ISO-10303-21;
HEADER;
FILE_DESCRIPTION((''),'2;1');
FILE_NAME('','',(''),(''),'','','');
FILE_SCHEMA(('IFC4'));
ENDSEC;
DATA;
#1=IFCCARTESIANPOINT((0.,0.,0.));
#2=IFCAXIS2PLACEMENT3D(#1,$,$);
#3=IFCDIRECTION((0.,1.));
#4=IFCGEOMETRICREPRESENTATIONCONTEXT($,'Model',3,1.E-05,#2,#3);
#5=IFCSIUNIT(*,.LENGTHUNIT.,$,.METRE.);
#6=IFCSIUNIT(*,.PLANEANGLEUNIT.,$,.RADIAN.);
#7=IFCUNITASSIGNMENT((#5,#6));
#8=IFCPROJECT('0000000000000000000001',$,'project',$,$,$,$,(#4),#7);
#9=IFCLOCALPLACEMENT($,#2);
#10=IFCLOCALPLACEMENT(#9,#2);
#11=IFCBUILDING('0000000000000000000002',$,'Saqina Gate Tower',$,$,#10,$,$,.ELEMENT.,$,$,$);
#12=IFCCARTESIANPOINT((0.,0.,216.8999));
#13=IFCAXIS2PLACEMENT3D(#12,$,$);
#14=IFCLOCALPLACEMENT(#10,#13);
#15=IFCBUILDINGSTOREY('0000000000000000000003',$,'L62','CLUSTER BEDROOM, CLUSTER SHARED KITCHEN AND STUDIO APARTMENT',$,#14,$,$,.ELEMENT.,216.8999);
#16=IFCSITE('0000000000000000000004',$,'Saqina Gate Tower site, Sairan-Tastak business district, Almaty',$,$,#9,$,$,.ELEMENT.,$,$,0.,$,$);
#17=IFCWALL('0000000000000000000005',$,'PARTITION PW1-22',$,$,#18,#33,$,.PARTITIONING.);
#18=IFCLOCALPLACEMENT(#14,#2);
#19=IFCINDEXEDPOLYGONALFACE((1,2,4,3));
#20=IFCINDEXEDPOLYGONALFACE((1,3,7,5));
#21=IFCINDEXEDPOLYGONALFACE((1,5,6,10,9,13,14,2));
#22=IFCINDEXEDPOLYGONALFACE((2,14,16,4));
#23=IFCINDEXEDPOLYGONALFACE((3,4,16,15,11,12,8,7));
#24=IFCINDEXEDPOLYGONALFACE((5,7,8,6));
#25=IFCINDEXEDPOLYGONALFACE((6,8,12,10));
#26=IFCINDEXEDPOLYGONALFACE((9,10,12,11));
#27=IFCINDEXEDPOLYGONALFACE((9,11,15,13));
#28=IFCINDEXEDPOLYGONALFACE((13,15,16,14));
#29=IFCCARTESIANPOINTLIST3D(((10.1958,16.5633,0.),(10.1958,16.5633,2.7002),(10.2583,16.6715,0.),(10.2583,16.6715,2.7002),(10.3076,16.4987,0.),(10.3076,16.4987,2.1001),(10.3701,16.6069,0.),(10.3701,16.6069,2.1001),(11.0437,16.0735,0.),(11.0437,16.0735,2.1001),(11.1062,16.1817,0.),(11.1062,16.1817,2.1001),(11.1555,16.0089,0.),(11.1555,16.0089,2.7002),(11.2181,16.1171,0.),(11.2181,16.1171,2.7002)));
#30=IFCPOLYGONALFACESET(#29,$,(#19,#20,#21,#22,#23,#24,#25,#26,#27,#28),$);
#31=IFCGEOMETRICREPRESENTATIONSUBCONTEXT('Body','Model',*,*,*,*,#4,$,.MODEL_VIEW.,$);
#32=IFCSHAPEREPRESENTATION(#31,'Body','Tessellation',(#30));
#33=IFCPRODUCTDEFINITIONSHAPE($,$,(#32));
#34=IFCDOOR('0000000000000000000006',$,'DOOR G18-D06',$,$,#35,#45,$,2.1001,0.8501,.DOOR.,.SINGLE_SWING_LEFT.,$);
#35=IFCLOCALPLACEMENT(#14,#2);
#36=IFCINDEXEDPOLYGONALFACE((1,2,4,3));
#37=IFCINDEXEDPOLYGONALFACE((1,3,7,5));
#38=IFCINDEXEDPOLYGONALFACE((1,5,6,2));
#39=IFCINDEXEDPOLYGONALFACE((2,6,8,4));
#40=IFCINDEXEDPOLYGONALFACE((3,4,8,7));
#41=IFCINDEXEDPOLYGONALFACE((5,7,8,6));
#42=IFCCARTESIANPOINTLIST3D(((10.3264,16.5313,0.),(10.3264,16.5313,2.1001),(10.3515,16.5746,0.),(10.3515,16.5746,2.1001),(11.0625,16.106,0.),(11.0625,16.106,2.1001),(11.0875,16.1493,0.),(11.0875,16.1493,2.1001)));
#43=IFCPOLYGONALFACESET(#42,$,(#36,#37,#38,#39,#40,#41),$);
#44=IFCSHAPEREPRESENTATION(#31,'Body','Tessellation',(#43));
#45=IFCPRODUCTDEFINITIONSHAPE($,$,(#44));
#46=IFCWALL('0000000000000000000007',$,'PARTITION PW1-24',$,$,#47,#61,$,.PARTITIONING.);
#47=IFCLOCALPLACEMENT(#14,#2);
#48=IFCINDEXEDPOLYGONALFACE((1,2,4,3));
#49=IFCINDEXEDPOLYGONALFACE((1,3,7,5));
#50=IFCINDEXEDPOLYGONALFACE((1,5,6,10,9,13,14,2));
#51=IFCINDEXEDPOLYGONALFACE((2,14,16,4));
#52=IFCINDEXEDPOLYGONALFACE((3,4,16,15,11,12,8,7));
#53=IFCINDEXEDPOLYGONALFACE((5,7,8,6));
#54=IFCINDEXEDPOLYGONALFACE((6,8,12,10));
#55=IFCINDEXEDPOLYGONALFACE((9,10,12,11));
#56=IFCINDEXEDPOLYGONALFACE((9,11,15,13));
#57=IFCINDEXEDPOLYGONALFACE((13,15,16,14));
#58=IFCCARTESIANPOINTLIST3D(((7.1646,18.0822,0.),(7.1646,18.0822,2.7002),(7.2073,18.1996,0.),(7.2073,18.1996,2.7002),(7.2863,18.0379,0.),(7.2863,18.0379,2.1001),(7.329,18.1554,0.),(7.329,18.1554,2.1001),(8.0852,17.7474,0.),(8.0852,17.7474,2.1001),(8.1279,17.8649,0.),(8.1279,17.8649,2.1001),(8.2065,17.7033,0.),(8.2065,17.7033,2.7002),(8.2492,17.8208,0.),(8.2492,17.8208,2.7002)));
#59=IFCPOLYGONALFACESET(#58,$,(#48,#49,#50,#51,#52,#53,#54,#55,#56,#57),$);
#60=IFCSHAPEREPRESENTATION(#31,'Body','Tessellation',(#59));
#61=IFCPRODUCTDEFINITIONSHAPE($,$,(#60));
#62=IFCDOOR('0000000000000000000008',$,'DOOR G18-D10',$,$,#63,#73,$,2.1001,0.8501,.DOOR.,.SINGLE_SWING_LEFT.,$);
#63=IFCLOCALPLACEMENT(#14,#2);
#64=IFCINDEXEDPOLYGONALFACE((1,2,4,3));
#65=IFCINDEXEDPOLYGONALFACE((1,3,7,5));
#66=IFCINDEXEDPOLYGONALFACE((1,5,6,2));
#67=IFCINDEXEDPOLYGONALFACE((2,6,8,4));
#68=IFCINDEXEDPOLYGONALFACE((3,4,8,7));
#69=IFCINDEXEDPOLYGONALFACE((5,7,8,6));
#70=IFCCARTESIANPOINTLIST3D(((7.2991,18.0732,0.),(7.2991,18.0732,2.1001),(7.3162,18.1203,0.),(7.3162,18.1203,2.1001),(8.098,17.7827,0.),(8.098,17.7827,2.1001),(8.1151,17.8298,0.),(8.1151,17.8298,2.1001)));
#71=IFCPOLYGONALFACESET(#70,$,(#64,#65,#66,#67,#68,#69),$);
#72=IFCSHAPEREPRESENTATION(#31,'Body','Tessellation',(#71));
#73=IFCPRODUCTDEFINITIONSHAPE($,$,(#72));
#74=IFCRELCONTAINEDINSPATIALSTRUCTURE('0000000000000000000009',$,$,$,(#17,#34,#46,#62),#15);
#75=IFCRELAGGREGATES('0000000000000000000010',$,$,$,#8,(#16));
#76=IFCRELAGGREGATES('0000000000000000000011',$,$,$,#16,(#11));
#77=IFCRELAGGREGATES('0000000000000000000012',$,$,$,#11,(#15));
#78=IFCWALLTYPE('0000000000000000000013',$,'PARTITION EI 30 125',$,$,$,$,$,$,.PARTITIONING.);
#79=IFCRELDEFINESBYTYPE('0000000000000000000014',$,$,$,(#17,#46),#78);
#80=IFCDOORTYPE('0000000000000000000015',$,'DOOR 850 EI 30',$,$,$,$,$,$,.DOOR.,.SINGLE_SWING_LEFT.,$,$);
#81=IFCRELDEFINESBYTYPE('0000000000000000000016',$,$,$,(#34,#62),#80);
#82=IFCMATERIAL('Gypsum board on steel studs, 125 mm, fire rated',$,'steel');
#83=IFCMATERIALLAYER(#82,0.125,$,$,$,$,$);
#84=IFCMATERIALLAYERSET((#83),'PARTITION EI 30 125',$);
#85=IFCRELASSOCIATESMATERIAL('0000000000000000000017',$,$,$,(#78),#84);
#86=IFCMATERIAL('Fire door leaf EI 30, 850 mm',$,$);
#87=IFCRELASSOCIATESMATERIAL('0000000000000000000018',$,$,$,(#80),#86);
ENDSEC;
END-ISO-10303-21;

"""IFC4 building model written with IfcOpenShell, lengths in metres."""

from ifc_helpers import new_model, si_unit, direction, frame, frame_2d, origin, place, context, subcontext, project, spatial, rectangle, extrude, material, layer, layer_set, type_object, element, fill, save


model = new_model("IFC4")

# Units and contexts
model_context = context("Model", 3, precision=1e-05, world=origin(), true_north=direction((0.0, 1.0)))
body_context = subcontext(model_context, "Body", "Model", "MODEL_VIEW")
ifc_project = project(units=[si_unit("LENGTHUNIT", "METRE"), si_unit("PLANEANGLEUNIT", "RADIAN")], contexts=[model_context])

# Site, building, storey
site_placement = place(None, origin())
site = spatial("IfcSite", under=ifc_project, at=site_placement, Name="Saqina Gate Tower site, Sairan-Tastak business district, Almaty", CompositionType="ELEMENT", RefElevation=0.0)
building_placement = place(site_placement, origin())
building = spatial("IfcBuilding", under=site, at=building_placement, Name="Saqina Gate Tower", CompositionType="ELEMENT")
storey_placement = place(building_placement, frame((0.0, 0.0, 216.8999)))
storey = spatial("IfcBuildingStorey", under=building, at=storey_placement, Name="L62", Description="CLUSTER BEDROOM, CLUSTER SHARED KITCHEN AND STUDIO APARTMENT", CompositionType="ELEMENT", Elevation=216.8999)

# Walls, openings, doors
ifc_material_1 = material(Name="Gypsum board on steel studs, 125 mm, fire rated", Category="steel")
ifc_layer_1 = layer(ifc_material_1, 0.125)
ifc_layer_set_1 = layer_set([ifc_layer_1], Name="PARTITION EI 30 125")
wall_type_1 = type_object("IfcWallType", Name="PARTITION EI 30 125", PredefinedType="PARTITIONING", material=ifc_layer_set_1)
wall_1_placement = place(storey_placement, frame((10.2271, 16.6174, 0.0), z_axis=(0.0, 0.0, 1.0), x_axis=(0.865888, -0.500237, 0.0)))
wall_1 = element("IfcWall", 1, at=wall_1_placement, inside=storey, type_object=wall_type_1, Name="PARTITION PW1-22", PredefinedType="PARTITIONING", context=body_context, shape_type="SweptSolid", body=[
    extrude(rectangle(XDim=1.1084, YDim=0.125, at=frame_2d((0.5542, 0.0))), origin(), (0.0, 0.0, 1.0), 2.7002),
])
opening_1_placement = place(wall_1_placement, frame((0.1292, 0.0, 0.0)))
opening_1 = element("IfcOpeningElement", 2, at=opening_1_placement, cuts=wall_1, PredefinedType="OPENING", context=body_context, shape_type="SweptSolid", body=[
    extrude(rectangle(XDim=0.8501, YDim=2.1001, at=frame_2d((0.425, 1.05))), frame((0.0, 0.0745, 0.0), z_axis=(0.0, -1.0, 0.0), x_axis=(1.0, 0.0, 0.0)), (0.0, 0.0, 1.0), 0.1489),
])
ifc_material_2 = material(Name="Fire door leaf EI 30, 850 mm")
door_type_1 = type_object("IfcDoorType", Name="DOOR 850 EI 30", OperationType="SINGLE_SWING_LEFT", PredefinedType="DOOR", material=ifc_material_2)
door_1_placement = place(opening_1_placement, frame((0.8501, 0.0, 0.0), z_axis=(0.0, 0.0, 1.0), x_axis=(-1.0, 0.0, 0.0)))
door_1 = element("IfcDoor", 3, at=door_1_placement, inside=storey, type_object=door_type_1, Name="DOOR G18-D06", OperationType="SINGLE_SWING_LEFT", OverallHeight=2.1001, OverallWidth=0.8501, PredefinedType="DOOR", context=body_context, shape_type="SweptSolid", body=[
    extrude(rectangle(XDim=0.8501, YDim=2.1001, at=frame_2d((0.425, 1.05))), frame((0.0, 0.0249, 0.0), z_axis=(0.0, -1.0, 0.0), x_axis=(1.0, 0.0, 0.0)), (0.0, 0.0, 1.0), 0.05),
])
fill(opening_1, door_1)
wall_2_placement = place(storey_placement, frame((7.186, 18.1409, 0.0), z_axis=(0.0, 0.0, 1.0), x_axis=(0.939793, -0.341743, 0.0)))
wall_2 = element("IfcWall", 4, at=wall_2_placement, inside=storey, type_object=wall_type_1, Name="PARTITION PW1-24", PredefinedType="PARTITIONING", context=body_context, shape_type="SweptSolid", body=[
    extrude(rectangle(XDim=1.1086, YDim=0.125, at=frame_2d((0.5542, 0.0))), origin(), (0.0, 0.0, 1.0), 2.7002),
])
opening_2_placement = place(wall_2_placement, frame((0.1294, 0.0, 0.0)))
opening_2 = element("IfcOpeningElement", 5, at=opening_2_placement, cuts=wall_2, PredefinedType="OPENING", context=body_context, shape_type="SweptSolid", body=[
    extrude(rectangle(XDim=0.8501, YDim=2.1001, at=frame_2d((0.425, 1.05))), frame((0.0, 0.0745, 0.0), z_axis=(0.0, -1.0, 0.0), x_axis=(1.0, 0.0, 0.0)), (0.0, 0.0, 1.0), 0.1489),
])
door_2_placement = place(opening_2_placement, frame((0.8501, 0.0, 0.0), z_axis=(0.0, 0.0, 1.0), x_axis=(-1.0, 0.0, 0.0)))
door_2 = element("IfcDoor", 6, at=door_2_placement, inside=storey, type_object=door_type_1, Name="DOOR G18-D10", OperationType="SINGLE_SWING_LEFT", OverallHeight=2.1001, OverallWidth=0.8501, PredefinedType="DOOR", context=body_context, shape_type="SweptSolid", body=[
    extrude(rectangle(XDim=0.8501, YDim=2.1001, at=frame_2d((0.425, 1.05))), frame((0.0, 0.0249, 0.0), z_axis=(0.0, -1.0, 0.0), x_axis=(1.0, 0.0, 0.0)), (0.0, 0.0, 1.0), 0.05),
])
fill(opening_2, door_2)

save(model, "model.ifc")
